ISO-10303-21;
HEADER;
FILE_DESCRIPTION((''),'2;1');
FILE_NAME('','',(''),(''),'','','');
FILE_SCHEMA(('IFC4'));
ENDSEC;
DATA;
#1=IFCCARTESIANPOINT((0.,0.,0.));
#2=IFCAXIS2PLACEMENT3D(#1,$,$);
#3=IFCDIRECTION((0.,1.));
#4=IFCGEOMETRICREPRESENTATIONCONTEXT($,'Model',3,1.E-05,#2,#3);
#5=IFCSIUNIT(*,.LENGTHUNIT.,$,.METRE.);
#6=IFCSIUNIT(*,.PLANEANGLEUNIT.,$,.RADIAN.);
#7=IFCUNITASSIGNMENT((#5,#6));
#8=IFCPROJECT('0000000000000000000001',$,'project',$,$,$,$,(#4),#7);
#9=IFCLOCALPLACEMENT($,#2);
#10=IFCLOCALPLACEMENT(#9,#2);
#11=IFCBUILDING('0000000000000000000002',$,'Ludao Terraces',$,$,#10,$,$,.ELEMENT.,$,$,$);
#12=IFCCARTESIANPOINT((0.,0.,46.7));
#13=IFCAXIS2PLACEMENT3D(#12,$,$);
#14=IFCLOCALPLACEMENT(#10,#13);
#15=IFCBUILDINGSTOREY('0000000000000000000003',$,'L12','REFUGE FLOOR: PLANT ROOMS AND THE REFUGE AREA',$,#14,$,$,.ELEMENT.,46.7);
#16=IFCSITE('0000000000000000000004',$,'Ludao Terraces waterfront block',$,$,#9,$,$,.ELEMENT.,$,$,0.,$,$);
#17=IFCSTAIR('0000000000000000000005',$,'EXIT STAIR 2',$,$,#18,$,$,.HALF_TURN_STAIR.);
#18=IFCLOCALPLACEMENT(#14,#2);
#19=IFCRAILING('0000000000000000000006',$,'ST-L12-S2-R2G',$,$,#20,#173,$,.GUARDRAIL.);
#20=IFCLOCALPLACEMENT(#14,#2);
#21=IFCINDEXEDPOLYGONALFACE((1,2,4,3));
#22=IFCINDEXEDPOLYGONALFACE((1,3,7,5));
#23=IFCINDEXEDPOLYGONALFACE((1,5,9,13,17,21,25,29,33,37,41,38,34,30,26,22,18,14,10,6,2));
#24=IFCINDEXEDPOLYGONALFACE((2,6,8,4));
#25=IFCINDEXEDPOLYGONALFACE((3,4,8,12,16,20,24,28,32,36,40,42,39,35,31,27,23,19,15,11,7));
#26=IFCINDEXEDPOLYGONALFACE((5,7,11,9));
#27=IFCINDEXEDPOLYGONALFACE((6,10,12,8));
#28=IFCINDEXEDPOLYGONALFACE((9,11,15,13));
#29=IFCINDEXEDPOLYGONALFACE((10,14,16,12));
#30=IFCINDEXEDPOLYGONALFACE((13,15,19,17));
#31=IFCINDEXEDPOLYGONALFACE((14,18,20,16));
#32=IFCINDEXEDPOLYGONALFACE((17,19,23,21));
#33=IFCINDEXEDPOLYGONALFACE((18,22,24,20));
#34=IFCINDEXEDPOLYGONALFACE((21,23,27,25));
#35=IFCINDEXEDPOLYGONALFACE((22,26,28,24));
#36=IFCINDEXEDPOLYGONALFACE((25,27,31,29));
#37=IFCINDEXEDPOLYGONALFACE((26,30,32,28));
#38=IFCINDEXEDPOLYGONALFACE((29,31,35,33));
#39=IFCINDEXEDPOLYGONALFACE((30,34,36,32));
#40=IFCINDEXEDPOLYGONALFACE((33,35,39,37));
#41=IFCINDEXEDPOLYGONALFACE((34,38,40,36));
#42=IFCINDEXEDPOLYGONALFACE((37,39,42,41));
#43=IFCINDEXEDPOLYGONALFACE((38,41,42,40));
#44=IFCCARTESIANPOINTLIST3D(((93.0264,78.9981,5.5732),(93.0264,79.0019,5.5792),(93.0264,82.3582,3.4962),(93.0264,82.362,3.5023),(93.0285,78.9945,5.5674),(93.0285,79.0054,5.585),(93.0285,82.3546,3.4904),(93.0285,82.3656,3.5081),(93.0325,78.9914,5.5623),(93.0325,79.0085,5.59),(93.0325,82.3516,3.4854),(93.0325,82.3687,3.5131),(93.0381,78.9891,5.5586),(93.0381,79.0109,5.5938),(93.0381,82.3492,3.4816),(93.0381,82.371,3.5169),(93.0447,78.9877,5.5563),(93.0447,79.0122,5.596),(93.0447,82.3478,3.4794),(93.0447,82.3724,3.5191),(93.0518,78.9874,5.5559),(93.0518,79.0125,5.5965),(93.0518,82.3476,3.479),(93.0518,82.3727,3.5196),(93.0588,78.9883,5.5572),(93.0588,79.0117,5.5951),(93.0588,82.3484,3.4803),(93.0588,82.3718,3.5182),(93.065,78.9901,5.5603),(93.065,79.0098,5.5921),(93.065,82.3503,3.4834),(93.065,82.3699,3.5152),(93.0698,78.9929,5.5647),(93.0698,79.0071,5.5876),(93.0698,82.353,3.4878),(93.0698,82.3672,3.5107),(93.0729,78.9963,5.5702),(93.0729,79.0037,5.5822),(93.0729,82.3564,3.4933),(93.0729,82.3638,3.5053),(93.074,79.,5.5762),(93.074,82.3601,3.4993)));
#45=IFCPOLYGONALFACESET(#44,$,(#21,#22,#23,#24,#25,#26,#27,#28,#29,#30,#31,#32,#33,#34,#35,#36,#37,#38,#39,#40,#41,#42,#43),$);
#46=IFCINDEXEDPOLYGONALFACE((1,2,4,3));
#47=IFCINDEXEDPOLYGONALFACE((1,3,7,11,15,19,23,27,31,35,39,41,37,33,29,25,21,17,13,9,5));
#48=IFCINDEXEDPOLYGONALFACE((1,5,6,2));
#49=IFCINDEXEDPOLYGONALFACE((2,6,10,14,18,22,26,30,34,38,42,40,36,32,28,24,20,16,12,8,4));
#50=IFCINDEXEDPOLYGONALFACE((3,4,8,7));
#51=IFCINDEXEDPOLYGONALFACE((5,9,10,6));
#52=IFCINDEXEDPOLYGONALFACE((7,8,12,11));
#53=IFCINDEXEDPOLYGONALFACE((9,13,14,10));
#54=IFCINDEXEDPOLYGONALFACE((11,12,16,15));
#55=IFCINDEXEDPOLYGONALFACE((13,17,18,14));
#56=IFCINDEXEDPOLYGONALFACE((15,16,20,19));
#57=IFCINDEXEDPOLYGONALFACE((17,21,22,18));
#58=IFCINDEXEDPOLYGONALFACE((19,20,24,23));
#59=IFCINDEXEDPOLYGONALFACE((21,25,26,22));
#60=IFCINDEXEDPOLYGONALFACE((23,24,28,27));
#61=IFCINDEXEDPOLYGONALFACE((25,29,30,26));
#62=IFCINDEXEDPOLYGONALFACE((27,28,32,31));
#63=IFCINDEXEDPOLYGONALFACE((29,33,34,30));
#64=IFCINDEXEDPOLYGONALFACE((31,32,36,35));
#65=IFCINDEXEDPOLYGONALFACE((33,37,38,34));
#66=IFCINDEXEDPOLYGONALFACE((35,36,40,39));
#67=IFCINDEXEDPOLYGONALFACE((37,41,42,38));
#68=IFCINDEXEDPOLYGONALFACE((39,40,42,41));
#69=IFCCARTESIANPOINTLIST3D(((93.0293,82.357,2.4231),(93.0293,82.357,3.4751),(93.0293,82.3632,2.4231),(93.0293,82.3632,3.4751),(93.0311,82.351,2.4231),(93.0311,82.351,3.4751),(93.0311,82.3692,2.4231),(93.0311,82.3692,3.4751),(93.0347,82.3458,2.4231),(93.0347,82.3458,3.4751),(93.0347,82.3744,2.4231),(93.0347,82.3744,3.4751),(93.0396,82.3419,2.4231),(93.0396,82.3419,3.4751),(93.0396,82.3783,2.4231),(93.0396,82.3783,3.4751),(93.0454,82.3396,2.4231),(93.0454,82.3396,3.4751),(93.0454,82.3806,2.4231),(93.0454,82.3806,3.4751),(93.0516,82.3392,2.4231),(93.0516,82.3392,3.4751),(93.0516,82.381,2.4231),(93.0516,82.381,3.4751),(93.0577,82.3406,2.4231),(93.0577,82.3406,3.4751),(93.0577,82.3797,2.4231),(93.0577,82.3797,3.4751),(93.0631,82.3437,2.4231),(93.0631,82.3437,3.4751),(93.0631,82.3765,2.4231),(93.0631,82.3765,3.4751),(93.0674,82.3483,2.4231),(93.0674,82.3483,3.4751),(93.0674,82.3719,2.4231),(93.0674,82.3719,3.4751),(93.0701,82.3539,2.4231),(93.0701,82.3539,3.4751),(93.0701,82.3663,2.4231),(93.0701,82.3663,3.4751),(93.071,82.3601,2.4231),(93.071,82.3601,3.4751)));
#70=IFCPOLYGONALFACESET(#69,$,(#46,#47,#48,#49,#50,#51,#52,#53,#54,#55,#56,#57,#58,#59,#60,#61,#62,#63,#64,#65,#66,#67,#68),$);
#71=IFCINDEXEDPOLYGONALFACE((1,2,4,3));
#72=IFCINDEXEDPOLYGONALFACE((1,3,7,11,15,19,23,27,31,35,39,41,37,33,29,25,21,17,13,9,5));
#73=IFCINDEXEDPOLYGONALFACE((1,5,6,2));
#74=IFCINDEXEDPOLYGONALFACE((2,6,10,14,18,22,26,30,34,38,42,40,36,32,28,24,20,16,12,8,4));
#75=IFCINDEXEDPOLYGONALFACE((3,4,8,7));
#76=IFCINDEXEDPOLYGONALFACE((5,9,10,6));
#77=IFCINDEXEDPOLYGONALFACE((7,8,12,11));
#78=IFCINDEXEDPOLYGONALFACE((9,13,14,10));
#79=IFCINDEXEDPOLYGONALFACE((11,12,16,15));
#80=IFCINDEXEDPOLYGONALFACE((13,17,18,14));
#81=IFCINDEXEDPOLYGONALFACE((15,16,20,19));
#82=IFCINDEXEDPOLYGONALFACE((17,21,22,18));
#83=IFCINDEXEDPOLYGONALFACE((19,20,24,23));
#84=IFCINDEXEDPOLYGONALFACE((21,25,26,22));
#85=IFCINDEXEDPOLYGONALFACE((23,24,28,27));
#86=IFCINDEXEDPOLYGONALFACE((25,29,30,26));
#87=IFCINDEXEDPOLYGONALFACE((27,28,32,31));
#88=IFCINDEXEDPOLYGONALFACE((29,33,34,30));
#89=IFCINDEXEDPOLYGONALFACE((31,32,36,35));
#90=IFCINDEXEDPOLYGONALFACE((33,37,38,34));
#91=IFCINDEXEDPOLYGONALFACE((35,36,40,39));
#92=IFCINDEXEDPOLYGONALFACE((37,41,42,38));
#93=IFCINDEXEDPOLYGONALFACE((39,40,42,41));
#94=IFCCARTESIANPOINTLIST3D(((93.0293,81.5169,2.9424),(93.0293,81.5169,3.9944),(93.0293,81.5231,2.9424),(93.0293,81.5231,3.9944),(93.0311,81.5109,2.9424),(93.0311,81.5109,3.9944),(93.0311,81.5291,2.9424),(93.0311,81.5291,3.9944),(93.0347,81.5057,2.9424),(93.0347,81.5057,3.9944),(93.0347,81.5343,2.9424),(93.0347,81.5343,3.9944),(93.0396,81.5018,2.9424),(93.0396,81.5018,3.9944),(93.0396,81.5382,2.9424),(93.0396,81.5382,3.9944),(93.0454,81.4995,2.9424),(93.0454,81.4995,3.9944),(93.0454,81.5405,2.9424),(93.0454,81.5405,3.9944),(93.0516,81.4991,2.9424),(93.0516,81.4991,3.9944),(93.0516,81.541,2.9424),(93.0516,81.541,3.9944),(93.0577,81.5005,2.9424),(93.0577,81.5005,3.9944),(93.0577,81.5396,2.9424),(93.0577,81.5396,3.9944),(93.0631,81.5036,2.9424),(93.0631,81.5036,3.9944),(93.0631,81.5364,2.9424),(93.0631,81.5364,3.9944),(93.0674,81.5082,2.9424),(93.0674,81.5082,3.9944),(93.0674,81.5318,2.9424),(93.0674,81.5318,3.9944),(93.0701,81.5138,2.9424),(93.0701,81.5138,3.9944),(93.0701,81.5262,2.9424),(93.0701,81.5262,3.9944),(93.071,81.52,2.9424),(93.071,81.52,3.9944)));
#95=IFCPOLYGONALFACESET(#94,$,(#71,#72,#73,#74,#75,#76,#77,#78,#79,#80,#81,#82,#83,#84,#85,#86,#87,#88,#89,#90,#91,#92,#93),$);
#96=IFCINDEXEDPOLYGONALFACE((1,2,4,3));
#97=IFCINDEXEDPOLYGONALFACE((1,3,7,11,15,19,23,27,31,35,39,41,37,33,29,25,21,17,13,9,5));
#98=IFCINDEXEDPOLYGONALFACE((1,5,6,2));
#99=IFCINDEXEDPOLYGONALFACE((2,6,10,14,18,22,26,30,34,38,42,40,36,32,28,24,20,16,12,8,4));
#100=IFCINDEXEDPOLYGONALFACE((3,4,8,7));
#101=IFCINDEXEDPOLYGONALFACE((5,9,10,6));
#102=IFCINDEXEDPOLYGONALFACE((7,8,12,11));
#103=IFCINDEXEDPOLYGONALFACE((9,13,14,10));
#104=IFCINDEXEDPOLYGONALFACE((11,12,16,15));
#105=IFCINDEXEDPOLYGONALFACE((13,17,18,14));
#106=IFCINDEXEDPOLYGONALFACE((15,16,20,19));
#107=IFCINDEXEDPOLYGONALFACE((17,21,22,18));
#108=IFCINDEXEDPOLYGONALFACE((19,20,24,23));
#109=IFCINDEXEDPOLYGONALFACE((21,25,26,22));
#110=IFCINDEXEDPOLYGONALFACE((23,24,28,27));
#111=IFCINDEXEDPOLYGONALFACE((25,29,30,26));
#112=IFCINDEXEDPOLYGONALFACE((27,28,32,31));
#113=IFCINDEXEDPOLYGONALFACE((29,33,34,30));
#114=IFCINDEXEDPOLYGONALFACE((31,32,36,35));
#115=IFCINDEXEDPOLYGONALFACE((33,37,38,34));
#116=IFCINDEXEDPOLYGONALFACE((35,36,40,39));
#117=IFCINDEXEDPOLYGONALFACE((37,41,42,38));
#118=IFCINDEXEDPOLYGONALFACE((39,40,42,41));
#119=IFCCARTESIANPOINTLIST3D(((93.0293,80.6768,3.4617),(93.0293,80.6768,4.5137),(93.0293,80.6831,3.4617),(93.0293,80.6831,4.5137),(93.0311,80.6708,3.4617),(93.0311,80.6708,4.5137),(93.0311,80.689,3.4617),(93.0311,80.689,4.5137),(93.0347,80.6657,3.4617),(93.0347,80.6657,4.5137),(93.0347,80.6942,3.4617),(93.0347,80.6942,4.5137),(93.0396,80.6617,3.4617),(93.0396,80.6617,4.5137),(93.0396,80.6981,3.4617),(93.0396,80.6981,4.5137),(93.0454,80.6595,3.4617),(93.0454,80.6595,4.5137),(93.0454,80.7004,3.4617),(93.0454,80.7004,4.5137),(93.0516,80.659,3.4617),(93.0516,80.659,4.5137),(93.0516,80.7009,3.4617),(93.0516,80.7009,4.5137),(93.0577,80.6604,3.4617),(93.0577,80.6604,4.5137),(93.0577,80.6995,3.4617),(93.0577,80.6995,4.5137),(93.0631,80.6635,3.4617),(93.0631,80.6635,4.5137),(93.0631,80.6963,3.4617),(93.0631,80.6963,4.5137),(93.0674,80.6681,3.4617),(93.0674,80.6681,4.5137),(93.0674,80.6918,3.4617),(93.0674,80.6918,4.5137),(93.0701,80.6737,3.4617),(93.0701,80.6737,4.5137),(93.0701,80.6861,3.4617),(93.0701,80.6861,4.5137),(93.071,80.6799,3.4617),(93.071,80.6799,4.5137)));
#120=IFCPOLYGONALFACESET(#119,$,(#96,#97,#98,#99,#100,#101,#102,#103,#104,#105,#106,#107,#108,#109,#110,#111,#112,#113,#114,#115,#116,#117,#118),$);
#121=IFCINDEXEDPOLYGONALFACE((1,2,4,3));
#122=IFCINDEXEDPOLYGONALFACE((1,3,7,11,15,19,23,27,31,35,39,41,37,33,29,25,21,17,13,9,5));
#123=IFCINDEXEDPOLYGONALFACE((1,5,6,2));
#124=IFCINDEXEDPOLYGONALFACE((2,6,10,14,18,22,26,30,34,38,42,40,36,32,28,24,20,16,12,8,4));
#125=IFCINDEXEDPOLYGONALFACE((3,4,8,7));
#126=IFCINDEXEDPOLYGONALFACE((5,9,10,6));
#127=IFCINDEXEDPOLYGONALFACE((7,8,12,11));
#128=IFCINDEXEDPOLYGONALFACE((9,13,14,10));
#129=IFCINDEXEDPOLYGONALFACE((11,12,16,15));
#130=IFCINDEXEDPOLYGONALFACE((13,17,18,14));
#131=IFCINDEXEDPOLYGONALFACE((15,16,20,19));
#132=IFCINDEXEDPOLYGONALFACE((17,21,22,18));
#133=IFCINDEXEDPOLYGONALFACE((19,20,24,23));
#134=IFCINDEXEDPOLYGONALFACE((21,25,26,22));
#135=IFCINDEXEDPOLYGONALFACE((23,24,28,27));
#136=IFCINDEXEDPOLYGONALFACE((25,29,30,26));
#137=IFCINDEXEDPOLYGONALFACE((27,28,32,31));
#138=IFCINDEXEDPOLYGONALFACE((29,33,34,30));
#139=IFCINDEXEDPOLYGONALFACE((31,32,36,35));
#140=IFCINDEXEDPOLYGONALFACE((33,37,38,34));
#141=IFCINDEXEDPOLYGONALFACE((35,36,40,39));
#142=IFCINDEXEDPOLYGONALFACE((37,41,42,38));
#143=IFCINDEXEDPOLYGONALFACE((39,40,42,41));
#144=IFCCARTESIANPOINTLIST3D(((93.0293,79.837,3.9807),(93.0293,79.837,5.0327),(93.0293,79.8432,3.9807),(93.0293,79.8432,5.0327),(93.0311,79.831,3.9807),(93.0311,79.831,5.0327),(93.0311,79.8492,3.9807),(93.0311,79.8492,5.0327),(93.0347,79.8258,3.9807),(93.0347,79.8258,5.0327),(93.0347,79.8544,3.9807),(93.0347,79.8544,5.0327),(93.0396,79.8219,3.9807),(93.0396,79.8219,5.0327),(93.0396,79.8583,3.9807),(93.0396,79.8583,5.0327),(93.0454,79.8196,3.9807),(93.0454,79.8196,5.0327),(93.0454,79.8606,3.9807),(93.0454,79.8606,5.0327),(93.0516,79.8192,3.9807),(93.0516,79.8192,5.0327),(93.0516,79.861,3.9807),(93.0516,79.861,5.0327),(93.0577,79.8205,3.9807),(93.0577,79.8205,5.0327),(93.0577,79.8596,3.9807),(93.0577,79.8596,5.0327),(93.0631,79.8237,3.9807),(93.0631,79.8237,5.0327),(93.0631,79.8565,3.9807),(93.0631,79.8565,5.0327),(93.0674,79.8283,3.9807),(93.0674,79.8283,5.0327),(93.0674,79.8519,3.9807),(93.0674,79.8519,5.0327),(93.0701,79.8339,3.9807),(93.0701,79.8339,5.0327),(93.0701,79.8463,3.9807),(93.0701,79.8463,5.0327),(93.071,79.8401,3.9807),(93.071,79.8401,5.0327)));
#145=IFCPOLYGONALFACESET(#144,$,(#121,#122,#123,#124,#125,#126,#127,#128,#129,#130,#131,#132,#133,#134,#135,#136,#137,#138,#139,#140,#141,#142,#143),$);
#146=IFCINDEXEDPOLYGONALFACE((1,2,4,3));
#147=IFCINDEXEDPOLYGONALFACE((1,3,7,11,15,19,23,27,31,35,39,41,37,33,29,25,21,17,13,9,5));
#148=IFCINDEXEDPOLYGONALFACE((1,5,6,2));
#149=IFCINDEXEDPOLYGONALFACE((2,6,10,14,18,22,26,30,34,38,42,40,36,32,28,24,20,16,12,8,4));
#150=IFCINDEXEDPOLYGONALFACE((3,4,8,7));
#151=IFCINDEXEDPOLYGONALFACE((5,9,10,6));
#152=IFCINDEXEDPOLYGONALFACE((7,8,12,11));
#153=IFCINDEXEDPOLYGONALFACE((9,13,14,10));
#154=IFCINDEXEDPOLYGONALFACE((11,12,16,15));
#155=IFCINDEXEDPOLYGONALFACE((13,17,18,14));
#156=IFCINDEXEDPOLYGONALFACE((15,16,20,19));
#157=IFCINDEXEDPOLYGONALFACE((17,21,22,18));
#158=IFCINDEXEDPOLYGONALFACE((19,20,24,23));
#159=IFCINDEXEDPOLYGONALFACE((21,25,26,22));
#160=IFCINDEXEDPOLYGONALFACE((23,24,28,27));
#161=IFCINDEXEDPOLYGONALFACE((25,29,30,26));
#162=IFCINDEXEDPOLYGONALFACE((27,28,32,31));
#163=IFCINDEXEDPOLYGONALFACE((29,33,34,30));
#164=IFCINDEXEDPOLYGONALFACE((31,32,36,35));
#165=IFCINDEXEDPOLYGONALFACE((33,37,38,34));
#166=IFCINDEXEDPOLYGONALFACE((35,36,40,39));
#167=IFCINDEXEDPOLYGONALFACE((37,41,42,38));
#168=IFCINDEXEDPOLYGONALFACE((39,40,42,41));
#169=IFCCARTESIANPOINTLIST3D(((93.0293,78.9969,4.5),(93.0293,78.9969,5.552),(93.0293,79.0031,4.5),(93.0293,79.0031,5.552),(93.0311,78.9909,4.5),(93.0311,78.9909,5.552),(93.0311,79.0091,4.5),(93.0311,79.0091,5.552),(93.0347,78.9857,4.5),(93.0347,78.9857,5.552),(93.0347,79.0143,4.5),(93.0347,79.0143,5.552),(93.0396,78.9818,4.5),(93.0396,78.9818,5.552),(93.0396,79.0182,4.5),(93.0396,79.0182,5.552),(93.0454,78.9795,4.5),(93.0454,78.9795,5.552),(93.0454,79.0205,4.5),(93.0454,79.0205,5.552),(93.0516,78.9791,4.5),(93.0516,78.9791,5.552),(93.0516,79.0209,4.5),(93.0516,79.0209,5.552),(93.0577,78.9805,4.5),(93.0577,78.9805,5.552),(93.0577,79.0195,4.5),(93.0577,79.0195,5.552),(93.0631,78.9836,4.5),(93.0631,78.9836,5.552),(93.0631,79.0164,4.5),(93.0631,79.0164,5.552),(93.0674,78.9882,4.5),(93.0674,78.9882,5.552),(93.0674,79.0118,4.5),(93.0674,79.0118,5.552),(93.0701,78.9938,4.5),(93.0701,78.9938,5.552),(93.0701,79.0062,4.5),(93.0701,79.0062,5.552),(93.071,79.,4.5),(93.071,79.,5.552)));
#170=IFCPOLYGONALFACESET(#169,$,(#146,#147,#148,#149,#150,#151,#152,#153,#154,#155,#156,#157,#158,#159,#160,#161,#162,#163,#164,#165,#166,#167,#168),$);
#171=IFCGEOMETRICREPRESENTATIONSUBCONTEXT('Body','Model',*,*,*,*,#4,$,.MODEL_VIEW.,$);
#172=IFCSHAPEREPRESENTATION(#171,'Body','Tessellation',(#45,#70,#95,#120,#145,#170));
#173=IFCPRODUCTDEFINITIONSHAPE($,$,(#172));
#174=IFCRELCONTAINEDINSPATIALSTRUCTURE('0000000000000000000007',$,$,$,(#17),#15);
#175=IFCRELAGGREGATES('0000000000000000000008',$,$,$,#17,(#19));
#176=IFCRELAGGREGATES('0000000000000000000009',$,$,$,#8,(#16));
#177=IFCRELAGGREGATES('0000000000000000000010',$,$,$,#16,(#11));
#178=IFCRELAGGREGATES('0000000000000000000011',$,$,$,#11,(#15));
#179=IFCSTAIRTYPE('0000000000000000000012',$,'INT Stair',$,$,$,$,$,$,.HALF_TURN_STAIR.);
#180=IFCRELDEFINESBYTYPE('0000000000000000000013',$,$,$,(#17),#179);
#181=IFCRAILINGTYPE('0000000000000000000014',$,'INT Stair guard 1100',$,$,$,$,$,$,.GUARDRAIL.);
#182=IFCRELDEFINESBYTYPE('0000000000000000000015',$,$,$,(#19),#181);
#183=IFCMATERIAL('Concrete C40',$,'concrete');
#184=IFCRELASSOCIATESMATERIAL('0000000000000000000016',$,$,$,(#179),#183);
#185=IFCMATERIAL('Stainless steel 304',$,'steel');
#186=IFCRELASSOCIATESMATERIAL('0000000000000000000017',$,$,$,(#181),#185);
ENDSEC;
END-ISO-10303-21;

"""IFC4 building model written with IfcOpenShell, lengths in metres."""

from ifc_helpers import new_model, si_unit, direction, frame, origin, origin_2d, place, context, subcontext, project, spatial, circle, extrude, material, type_object, element, aggregate, save


model = new_model("IFC4")

# Units and contexts
model_context = context("Model", 3, precision=1e-05, world=origin(), true_north=direction((0.0, 1.0)))
body_context = subcontext(model_context, "Body", "Model", "MODEL_VIEW")
ifc_project = project(units=[si_unit("LENGTHUNIT", "METRE"), si_unit("PLANEANGLEUNIT", "RADIAN")], contexts=[model_context])

# Site, building, storey
site_placement = place(None, origin())
site = spatial("IfcSite", under=ifc_project, at=site_placement, Name="Ludao Terraces waterfront block", CompositionType="ELEMENT", RefElevation=0.0)
building_placement = place(site_placement, origin())
building = spatial("IfcBuilding", under=site, at=building_placement, Name="Ludao Terraces", CompositionType="ELEMENT")
storey_placement = place(building_placement, frame((0.0, 0.0, 46.7)))
storey = spatial("IfcBuildingStorey", under=building, at=storey_placement, Name="L12", Description="REFUGE FLOOR: PLANT ROOMS AND THE REFUGE AREA", CompositionType="ELEMENT", Elevation=46.7)

# Stair, railing
ifc_material_1 = material(Name="Concrete C40", Category="concrete")
stair_type = type_object("IfcStairType", Name="INT Stair", PredefinedType="HALF_TURN_STAIR", material=ifc_material_1)
stair_placement = place(storey_placement, origin())
stair = element("IfcStair", 1, at=stair_placement, inside=storey, type_object=stair_type, Name="EXIT STAIR 2", PredefinedType="HALF_TURN_STAIR")
ifc_material_2 = material(Name="Stainless steel 304", Category="steel")
railing_type_1 = type_object("IfcRailingType", Name="INT Stair guard 1100", PredefinedType="GUARDRAIL", material=ifc_material_2)
railing_1_placement = place(storey_placement, frame((93.05, 82.3601, 2.4231)))
railing_1 = element("IfcRailing", 2, at=railing_1_placement, type_object=railing_type_1, Name="ST-L12-S2-R2G", PredefinedType="GUARDRAIL", context=body_context, shape_type="SweptSolid", body=[
    extrude(circle(Radius=0.0239, at=origin_2d()), frame((0.0, 0.0, 1.0762), z_axis=(0.0, -0.850623, 0.525776), x_axis=(1.0, 0.0, 0.0)), (0.0, 0.0, 1.0), 3.9502),
    extrude(circle(Radius=0.021, at=origin_2d()), origin(), (0.0, 0.0, 1.0), 1.052),
    extrude(circle(Radius=0.021, at=origin_2d()), frame((0.0, -0.8401, 0.5193)), (0.0, 0.0, 1.0), 1.052),
    extrude(circle(Radius=0.021, at=origin_2d()), frame((0.0, -1.6802, 1.0386)), (0.0, 0.0, 1.0), 1.052),
    extrude(circle(Radius=0.021, at=origin_2d()), frame((0.0, -2.52, 1.5576)), (0.0, 0.0, 1.0), 1.052),
    extrude(circle(Radius=0.021, at=origin_2d()), frame((0.0, -3.3601, 2.0769)), (0.0, 0.0, 1.0), 1.052),
])
aggregate(stair, [railing_1])

save(model, "model.ifc")
